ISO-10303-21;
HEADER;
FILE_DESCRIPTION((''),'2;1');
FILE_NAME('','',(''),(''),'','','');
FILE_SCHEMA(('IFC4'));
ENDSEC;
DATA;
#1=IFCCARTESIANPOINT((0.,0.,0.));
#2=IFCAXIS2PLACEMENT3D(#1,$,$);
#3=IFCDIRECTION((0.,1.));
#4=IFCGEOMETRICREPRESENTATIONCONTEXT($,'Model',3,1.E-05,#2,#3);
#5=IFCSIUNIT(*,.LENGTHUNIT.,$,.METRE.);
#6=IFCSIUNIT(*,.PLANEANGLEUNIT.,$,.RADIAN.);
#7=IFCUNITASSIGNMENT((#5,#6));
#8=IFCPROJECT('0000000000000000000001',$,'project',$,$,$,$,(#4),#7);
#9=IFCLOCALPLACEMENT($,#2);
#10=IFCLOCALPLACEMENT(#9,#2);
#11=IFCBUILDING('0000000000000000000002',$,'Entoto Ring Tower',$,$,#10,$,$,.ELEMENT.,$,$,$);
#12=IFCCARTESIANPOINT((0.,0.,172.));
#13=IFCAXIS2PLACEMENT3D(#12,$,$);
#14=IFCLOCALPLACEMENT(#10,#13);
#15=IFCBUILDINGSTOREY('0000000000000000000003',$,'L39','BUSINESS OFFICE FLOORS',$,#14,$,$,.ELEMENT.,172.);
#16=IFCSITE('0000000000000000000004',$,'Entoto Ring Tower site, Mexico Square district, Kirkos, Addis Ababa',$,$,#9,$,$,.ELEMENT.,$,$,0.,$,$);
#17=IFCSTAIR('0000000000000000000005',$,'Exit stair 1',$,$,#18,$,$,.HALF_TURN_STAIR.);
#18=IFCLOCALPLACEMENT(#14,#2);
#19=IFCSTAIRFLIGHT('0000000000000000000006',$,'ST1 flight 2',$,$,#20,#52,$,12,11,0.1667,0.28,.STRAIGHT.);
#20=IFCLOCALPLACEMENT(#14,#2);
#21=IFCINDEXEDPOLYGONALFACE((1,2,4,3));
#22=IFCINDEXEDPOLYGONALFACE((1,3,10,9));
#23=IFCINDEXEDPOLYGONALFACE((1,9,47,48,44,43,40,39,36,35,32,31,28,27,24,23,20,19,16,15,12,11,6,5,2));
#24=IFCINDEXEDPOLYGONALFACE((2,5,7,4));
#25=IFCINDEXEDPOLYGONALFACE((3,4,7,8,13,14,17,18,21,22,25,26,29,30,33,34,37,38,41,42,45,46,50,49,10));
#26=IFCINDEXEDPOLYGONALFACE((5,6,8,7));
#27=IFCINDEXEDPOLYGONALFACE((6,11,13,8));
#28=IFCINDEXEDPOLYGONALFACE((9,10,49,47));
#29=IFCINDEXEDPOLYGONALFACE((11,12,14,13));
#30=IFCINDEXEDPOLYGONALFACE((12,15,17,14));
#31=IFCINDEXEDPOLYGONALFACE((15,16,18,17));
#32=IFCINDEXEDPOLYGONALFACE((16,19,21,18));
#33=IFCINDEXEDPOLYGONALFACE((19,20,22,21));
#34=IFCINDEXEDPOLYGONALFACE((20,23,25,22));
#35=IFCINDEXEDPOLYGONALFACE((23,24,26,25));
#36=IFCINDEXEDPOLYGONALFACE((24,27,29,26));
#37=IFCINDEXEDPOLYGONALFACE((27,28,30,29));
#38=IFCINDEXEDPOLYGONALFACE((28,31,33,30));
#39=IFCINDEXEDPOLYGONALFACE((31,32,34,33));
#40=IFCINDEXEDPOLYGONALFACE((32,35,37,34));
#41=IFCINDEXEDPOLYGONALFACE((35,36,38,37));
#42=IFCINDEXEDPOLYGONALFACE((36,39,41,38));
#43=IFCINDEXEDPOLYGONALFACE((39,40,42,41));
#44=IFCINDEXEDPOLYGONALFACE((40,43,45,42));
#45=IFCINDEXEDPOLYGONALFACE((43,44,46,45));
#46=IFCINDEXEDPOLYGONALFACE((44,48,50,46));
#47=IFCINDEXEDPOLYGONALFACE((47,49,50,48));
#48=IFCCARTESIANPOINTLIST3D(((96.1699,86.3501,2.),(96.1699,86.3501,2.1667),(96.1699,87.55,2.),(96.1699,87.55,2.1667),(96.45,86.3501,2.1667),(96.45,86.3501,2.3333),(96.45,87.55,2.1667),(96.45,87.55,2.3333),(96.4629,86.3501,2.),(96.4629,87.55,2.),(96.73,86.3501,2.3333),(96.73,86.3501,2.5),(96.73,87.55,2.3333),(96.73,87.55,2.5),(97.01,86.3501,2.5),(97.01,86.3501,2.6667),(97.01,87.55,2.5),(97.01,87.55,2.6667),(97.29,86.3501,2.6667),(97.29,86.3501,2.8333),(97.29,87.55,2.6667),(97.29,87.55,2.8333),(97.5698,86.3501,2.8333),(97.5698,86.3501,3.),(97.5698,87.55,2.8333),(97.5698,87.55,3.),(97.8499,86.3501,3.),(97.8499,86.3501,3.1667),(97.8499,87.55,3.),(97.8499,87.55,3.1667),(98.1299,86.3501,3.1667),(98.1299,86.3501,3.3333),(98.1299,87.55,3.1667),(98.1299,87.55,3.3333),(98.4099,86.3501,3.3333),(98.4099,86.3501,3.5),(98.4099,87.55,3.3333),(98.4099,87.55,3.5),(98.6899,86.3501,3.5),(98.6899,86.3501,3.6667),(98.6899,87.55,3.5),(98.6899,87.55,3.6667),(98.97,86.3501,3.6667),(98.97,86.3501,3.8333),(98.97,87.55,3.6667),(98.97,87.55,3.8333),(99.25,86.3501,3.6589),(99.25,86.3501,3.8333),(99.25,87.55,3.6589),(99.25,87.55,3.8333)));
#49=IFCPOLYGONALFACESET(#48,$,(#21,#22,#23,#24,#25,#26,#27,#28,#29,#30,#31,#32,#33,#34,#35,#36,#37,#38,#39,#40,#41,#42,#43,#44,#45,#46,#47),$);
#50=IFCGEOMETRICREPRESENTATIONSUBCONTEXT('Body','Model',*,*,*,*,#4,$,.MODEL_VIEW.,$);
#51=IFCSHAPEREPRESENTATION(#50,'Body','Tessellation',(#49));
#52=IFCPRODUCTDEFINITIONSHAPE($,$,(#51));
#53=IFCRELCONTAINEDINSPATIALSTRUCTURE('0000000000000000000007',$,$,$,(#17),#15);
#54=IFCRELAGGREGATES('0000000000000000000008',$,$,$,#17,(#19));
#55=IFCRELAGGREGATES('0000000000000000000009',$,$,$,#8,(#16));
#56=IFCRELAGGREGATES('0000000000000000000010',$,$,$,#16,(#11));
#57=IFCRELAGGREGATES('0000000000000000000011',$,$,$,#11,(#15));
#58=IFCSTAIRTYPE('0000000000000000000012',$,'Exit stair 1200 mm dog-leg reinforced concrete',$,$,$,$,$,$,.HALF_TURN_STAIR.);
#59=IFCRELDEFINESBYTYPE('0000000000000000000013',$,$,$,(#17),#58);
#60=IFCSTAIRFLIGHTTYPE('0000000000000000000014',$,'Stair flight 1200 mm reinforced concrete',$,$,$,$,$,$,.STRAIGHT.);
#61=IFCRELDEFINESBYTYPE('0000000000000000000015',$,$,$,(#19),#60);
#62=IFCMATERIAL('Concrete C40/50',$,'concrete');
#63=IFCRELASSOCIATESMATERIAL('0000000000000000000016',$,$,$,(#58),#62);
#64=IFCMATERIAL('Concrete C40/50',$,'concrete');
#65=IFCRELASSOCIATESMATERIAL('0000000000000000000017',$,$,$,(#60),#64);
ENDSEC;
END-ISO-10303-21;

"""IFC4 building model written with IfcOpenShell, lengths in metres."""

from ifc_helpers import new_model, si_unit, direction, frame, origin, place, context, subcontext, project, spatial, polyline, outline, extrude, material, type_object, element, aggregate, save


model = new_model("IFC4")

# Units and contexts
model_context = context("Model", 3, precision=1e-05, world=origin(), true_north=direction((0.0, 1.0)))
body_context = subcontext(model_context, "Body", "Model", "MODEL_VIEW")
ifc_project = project(units=[si_unit("LENGTHUNIT", "METRE"), si_unit("PLANEANGLEUNIT", "RADIAN")], contexts=[model_context])

# Site, building, storey
site_placement = place(None, origin())
site = spatial("IfcSite", under=ifc_project, at=site_placement, Name="Entoto Ring Tower site, Mexico Square district, Kirkos, Addis Ababa", CompositionType="ELEMENT", RefElevation=0.0)
building_placement = place(site_placement, origin())
building = spatial("IfcBuilding", under=site, at=building_placement, Name="Entoto Ring Tower", CompositionType="ELEMENT")
storey_placement = place(building_placement, frame((0.0, 0.0, 172.0)))
storey = spatial("IfcBuildingStorey", under=building, at=storey_placement, Name="L39", Description="BUSINESS OFFICE FLOORS", CompositionType="ELEMENT", Elevation=172.0)

# Stair, stair flight
ifc_material_1 = material(Name="Concrete C40/50", Category="concrete")
stair_type = type_object("IfcStairType", Name="Exit stair 1200 mm dog-leg reinforced concrete", PredefinedType="HALF_TURN_STAIR", material=ifc_material_1)
stair_placement = place(storey_placement, origin())
stair = element("IfcStair", 1, at=stair_placement, inside=storey, type_object=stair_type, Name="Exit stair 1", PredefinedType="HALF_TURN_STAIR")
ifc_material_2 = material(Name="Concrete C40/50", Category="concrete")
stair_flight_type = type_object("IfcStairFlightType", Name="Stair flight 1200 mm reinforced concrete", PredefinedType="STRAIGHT", material=ifc_material_2)
stair_flight_1_placement = place(storey_placement, frame((96.1699, 86.95, 2.0), z_axis=(0.0, 0.0, 1.0), x_axis=(1.0, 0.0, 0.0)))
stair_flight_1 = element("IfcStairFlight", 2, at=stair_flight_1_placement, type_object=stair_flight_type, Name="ST1 flight 2", NumberOfRisers=12, NumberOfTreads=11, PredefinedType="STRAIGHT", RiserHeight=0.1667, TreadLength=0.28, context=body_context, shape_type="SweptSolid", body=[
    extrude(outline(polyline([(0.0, 0.0), (0.0, 0.1667), (0.28, 0.1667), (0.28, 0.3333), (0.5601, 0.3333), (0.5601, 0.5), (0.8401, 0.5), (0.8401, 0.6667), (1.1201, 0.6667), (1.1201, 0.8333), (1.3999, 0.8333), (1.3999, 1.0), (1.6799, 1.0), (1.6799, 1.1667), (1.96, 1.1667), (1.96, 1.3333), (2.24, 1.3333), (2.24, 1.5), (2.52, 1.5), (2.52, 1.6667), (2.8, 1.6667), (2.8, 1.8333), (3.0801, 1.8333), (3.0801, 2.0), (3.0801, 1.6589), (0.293, 0.0), (0.0, 0.0)])), frame((0.0, 0.6001, 0.0), z_axis=(0.0, -1.0, 0.0), x_axis=(1.0, 0.0, 0.0)), (0.0, 0.0, 1.0), 1.2),
])
aggregate(stair, [stair_flight_1])

save(model, "model.ifc")
